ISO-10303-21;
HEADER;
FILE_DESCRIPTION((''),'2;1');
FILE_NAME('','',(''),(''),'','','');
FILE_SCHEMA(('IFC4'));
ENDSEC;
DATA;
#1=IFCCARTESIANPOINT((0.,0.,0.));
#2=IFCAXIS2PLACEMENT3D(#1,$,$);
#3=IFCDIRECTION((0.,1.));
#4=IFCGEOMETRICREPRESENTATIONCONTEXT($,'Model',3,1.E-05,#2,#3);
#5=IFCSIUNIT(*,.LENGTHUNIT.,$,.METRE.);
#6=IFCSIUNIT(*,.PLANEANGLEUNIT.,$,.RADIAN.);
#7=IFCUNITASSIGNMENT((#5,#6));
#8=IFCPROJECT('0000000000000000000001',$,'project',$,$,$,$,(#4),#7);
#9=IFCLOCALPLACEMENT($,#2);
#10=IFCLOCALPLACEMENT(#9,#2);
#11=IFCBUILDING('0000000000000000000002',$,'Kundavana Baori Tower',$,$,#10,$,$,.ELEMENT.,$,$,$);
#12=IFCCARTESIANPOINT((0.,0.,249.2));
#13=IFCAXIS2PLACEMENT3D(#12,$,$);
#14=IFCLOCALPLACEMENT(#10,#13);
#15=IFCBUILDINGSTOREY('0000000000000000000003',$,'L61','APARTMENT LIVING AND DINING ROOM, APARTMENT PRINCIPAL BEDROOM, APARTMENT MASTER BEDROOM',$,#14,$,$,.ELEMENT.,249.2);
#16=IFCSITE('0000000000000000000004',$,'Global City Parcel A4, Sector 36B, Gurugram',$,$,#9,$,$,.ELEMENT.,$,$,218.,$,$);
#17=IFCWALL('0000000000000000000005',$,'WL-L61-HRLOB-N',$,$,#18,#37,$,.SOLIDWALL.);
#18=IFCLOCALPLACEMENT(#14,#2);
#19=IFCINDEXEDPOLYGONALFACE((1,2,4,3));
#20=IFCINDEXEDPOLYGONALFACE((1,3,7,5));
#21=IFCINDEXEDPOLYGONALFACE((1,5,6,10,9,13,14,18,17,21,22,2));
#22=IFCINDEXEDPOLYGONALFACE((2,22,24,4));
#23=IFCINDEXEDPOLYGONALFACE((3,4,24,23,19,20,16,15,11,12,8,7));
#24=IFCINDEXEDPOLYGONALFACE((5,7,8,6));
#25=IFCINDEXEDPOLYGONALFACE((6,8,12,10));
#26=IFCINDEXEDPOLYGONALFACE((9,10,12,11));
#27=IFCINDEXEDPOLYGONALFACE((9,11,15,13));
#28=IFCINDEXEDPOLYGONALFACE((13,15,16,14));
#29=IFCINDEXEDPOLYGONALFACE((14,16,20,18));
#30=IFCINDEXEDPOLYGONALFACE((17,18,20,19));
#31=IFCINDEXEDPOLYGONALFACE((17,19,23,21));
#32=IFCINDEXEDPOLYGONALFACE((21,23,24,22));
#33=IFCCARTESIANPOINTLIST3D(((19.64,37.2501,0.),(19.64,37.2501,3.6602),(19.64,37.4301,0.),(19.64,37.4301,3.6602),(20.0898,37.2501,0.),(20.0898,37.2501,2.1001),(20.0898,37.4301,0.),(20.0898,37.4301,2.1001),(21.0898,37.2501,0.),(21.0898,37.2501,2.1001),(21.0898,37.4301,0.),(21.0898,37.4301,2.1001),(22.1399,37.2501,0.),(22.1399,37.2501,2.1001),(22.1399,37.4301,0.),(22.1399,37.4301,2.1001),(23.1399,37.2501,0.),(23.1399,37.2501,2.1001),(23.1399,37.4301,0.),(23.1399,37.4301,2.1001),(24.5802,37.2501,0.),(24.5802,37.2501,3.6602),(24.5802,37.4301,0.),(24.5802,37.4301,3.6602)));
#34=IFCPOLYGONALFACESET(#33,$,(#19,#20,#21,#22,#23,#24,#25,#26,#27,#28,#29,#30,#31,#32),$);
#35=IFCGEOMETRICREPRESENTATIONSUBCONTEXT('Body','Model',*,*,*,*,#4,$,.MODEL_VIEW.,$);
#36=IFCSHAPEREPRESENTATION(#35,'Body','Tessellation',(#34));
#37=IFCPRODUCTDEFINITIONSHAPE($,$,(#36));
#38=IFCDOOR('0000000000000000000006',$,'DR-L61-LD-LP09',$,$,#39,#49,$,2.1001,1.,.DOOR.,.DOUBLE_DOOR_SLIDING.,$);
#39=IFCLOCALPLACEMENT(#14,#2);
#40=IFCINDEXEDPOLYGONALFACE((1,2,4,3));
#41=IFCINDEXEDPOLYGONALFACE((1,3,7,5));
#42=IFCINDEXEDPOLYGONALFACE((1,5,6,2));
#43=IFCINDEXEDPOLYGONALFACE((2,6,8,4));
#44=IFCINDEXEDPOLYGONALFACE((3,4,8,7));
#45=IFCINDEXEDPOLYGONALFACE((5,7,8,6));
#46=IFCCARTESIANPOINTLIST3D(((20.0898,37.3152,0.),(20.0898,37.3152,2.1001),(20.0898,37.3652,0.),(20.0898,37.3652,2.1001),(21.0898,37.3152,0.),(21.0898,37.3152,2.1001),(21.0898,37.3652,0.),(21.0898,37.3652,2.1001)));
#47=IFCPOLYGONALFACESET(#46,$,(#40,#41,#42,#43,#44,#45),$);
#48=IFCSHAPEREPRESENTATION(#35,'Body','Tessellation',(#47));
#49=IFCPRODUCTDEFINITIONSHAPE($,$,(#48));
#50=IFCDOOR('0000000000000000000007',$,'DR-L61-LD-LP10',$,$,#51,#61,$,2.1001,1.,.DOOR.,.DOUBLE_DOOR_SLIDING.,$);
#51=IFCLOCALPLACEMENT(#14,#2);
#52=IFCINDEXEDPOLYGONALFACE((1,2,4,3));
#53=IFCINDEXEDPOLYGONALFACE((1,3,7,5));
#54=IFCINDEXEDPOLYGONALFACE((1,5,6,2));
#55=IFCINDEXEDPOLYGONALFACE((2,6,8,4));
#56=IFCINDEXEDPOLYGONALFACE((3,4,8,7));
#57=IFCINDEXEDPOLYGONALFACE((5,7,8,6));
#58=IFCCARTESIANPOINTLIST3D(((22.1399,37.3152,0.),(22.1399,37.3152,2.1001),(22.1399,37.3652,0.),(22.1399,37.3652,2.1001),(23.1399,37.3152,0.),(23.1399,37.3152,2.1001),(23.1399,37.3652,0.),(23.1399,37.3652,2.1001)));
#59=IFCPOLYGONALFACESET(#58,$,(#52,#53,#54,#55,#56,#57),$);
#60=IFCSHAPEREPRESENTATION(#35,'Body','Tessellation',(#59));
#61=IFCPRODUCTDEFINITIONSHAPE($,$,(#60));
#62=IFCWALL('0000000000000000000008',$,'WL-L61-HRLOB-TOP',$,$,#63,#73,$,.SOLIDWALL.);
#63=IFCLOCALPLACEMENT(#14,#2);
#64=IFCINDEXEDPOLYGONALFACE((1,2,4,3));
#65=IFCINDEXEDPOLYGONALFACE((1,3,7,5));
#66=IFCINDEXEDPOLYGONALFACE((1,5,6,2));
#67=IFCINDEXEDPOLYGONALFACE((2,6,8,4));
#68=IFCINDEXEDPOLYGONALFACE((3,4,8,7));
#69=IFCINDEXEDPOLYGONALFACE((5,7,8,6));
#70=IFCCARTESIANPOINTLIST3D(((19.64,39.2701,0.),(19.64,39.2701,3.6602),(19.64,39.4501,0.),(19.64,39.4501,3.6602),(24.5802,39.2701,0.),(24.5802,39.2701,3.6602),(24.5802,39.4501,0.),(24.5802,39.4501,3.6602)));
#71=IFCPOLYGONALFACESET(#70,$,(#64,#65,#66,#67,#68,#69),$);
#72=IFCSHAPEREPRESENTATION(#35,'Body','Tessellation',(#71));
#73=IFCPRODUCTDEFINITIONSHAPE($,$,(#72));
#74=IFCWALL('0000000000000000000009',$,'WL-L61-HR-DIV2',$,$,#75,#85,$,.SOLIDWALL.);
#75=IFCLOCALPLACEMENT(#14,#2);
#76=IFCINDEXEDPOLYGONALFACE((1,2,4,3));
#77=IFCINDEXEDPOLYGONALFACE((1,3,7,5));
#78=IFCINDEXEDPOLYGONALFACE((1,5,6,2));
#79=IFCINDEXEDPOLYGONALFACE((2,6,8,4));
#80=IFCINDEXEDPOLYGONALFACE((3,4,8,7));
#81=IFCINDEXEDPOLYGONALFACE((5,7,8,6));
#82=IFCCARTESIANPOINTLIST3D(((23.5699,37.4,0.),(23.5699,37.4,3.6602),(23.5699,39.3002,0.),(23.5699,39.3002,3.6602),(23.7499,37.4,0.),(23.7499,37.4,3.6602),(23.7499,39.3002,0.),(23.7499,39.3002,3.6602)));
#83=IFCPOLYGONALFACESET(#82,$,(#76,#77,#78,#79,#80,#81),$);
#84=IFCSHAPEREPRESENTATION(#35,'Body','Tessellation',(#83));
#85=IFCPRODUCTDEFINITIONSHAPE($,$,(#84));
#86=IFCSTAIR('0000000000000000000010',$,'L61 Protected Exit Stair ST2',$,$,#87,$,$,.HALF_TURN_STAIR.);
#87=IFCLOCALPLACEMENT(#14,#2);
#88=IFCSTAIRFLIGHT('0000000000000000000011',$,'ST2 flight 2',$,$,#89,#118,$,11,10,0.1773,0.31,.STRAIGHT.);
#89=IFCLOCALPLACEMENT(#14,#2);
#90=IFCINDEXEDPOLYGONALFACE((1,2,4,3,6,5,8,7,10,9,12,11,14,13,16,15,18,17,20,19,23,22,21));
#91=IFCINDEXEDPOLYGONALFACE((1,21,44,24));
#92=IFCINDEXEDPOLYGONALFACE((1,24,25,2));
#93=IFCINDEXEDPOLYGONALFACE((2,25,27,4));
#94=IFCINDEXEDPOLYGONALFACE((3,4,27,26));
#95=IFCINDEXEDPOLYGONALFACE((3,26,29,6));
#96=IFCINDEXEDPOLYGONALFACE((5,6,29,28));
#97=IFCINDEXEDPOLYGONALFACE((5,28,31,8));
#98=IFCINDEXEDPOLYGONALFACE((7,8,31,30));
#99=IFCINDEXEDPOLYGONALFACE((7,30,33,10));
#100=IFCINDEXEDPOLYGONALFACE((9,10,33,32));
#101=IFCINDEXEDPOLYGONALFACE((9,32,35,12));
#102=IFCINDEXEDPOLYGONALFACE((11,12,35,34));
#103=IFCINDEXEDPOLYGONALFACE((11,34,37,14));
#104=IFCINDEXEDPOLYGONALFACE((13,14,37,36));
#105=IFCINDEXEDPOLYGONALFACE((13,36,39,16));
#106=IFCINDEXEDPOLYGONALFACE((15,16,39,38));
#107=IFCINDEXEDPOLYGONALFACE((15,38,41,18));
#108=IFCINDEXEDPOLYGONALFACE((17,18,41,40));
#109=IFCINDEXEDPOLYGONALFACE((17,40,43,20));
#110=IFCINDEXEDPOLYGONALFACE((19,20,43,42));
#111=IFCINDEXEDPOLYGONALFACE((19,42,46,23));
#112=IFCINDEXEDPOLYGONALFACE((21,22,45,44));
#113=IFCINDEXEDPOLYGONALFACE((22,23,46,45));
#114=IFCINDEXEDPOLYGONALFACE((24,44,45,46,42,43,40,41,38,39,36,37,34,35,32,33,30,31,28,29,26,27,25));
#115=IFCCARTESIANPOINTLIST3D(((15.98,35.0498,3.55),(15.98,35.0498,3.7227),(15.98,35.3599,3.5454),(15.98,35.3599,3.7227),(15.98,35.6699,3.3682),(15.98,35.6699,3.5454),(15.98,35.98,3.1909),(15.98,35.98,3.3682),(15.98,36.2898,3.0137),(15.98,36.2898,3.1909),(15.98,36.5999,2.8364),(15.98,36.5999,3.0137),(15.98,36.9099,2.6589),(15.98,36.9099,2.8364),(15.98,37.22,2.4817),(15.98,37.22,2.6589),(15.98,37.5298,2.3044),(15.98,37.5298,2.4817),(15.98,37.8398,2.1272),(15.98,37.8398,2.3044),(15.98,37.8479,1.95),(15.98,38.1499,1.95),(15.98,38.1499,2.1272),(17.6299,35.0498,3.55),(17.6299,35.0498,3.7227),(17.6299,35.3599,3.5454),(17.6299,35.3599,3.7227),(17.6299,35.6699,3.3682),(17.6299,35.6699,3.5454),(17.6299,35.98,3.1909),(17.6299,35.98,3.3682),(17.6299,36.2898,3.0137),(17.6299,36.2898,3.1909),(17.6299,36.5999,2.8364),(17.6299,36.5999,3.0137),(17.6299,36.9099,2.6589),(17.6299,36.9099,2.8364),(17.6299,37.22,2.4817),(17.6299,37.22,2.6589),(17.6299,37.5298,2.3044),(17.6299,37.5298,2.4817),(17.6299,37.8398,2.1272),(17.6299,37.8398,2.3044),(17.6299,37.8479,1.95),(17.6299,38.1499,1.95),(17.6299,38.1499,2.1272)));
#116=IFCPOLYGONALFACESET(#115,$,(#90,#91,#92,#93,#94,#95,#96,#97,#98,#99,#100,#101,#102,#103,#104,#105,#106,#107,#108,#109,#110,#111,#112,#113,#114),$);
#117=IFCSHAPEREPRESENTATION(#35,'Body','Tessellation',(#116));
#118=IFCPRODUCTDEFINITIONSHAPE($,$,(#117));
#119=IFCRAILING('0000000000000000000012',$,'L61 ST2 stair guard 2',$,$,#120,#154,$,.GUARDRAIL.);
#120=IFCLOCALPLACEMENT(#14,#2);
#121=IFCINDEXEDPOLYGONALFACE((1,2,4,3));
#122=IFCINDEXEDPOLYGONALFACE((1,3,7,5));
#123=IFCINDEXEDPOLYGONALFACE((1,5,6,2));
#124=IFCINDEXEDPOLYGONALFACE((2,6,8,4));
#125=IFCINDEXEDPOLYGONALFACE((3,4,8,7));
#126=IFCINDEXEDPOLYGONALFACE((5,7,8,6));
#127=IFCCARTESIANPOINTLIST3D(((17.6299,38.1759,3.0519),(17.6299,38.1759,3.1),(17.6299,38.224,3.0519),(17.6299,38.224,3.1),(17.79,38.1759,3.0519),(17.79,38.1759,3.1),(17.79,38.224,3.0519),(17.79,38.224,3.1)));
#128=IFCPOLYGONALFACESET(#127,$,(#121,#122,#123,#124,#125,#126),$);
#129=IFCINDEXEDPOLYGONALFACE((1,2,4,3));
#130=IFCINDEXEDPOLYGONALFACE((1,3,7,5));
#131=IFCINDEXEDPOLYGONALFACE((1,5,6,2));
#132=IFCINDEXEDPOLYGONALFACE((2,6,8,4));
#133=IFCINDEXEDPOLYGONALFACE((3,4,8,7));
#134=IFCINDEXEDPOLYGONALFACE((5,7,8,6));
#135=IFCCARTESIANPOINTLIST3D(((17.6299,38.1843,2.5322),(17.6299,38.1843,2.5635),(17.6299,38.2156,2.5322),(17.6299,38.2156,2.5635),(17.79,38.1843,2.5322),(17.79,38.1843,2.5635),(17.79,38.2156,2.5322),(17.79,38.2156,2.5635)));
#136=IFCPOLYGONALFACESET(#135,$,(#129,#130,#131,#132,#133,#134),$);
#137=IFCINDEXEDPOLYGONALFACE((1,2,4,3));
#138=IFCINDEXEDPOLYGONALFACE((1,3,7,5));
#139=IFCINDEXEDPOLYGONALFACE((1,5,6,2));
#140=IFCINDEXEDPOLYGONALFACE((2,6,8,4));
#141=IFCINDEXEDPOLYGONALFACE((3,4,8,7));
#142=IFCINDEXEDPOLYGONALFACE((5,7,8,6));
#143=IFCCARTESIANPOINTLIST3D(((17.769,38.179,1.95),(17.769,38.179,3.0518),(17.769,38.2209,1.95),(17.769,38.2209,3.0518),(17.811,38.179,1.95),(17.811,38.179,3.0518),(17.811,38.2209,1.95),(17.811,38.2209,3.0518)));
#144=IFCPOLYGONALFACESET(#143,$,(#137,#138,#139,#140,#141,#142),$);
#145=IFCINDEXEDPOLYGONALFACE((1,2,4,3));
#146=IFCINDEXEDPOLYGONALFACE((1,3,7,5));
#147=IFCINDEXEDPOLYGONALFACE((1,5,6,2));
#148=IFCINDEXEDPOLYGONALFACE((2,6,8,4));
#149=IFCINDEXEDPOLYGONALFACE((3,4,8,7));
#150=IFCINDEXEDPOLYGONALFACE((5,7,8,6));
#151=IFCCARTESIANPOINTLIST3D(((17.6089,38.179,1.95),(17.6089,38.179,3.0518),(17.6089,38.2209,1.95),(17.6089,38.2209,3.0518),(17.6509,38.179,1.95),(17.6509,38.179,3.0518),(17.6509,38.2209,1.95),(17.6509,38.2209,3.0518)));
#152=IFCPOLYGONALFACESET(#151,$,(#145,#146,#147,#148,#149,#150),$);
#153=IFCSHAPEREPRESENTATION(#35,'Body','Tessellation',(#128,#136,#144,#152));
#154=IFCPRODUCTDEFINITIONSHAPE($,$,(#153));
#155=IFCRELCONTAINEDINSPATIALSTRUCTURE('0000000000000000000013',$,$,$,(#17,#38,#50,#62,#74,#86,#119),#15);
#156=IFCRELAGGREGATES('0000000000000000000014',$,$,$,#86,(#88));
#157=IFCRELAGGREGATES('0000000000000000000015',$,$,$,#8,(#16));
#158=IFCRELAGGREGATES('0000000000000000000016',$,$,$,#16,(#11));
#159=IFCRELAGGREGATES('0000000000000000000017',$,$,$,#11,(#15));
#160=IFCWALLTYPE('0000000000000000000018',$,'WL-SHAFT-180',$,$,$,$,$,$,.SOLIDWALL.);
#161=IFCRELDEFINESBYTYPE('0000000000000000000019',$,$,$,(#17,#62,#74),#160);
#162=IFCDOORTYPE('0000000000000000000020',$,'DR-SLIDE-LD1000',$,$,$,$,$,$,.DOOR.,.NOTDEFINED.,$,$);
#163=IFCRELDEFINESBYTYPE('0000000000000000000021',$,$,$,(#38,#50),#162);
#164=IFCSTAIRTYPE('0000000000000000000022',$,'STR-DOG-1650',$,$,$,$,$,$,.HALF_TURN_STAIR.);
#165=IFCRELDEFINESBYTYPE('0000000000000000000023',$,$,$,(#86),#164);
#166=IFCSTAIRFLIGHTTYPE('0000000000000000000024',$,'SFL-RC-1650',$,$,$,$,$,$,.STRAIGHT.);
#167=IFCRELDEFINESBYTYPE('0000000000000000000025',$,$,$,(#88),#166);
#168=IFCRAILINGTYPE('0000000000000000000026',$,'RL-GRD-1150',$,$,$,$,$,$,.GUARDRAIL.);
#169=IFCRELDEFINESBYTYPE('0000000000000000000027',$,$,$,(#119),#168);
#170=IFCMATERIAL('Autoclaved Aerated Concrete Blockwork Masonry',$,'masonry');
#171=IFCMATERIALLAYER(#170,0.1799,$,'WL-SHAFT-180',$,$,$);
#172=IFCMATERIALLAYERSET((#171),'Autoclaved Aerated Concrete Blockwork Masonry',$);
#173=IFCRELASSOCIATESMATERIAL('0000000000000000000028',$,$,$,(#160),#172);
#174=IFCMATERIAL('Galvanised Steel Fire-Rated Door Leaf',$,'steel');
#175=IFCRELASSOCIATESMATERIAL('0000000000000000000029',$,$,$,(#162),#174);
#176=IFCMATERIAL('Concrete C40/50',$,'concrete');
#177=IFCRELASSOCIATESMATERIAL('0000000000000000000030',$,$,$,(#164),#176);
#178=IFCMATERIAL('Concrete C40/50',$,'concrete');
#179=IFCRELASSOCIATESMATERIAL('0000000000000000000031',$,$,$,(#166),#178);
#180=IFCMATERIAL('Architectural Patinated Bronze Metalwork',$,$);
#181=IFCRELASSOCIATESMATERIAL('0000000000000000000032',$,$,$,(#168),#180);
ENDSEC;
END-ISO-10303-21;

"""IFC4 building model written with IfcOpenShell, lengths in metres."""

from ifc_helpers import new_model, si_unit, direction, frame, frame_2d, origin, origin_2d, place, context, subcontext, project, spatial, polyline, rectangle, outline, extrude, material, layer, layer_set, type_object, element, fill, aggregate, save


model = new_model("IFC4")

# Units and contexts
model_context = context("Model", 3, precision=1e-05, world=origin(), true_north=direction((0.0, 1.0)))
body_context = subcontext(model_context, "Body", "Model", "MODEL_VIEW")
ifc_project = project(units=[si_unit("LENGTHUNIT", "METRE"), si_unit("PLANEANGLEUNIT", "RADIAN")], contexts=[model_context])

# Site, building, storey
site_placement = place(None, origin())
site = spatial("IfcSite", under=ifc_project, at=site_placement, Name="Global City Parcel A4, Sector 36B, Gurugram", CompositionType="ELEMENT", RefElevation=218.0)
building_placement = place(site_placement, origin())
building = spatial("IfcBuilding", under=site, at=building_placement, Name="Kundavana Baori Tower", CompositionType="ELEMENT")
storey_placement = place(building_placement, frame((0.0, 0.0, 249.2)))
storey = spatial("IfcBuildingStorey", under=building, at=storey_placement, Name="L61", Description="APARTMENT LIVING AND DINING ROOM, APARTMENT PRINCIPAL BEDROOM, APARTMENT MASTER BEDROOM", CompositionType="ELEMENT", Elevation=249.2)

# Wall, openings, doors
ifc_material_1 = material(Name="Autoclaved Aerated Concrete Blockwork Masonry", Category="masonry")
ifc_layer_1 = layer(ifc_material_1, 0.1799, Name="WL-SHAFT-180")
ifc_layer_set_1 = layer_set([ifc_layer_1], Name="Autoclaved Aerated Concrete Blockwork Masonry")
wall_type_1 = type_object("IfcWallType", Name="WL-SHAFT-180", PredefinedType="SOLIDWALL", material=ifc_layer_set_1)
wall_1_placement = place(storey_placement, frame((19.6399, 37.3401, 0.0), z_axis=(0.0, 0.0, 1.0), x_axis=(1.0, 0.0, 0.0)))
wall_1 = element("IfcWall", 1, at=wall_1_placement, inside=storey, type_object=wall_type_1, Name="WL-L61-HRLOB-N", PredefinedType="SOLIDWALL", context=body_context, shape_type="SweptSolid", body=[
    extrude(rectangle(XDim=4.9402, YDim=0.1799, at=frame_2d((2.4702, 0.0))), origin(), (0.0, 0.0, 1.0), 3.6602),
])
opening_1_placement = place(wall_1_placement, frame((0.45, 0.0, 0.0)))
opening_1 = element("IfcOpeningElement", 2, at=opening_1_placement, cuts=wall_1, PredefinedType="OPENING", context=body_context, shape_type="SweptSolid", body=[
    extrude(rectangle(XDim=1.0, YDim=2.1001, at=frame_2d((0.5, 1.05))), frame((0.0, 0.1001, 0.0), z_axis=(0.0, -1.0, 0.0), x_axis=(1.0, 0.0, 0.0)), (0.0, 0.0, 1.0), 0.2),
])
opening_2_placement = place(wall_1_placement, frame((2.5, 0.0, 0.0)))
opening_2 = element("IfcOpeningElement", 3, at=opening_2_placement, cuts=wall_1, PredefinedType="OPENING", context=body_context, shape_type="SweptSolid", body=[
    extrude(rectangle(XDim=1.0, YDim=2.1001, at=frame_2d((0.5, 1.05))), frame((0.0, 0.1001, 0.0), z_axis=(0.0, -1.0, 0.0), x_axis=(1.0, 0.0, 0.0)), (0.0, 0.0, 1.0), 0.2),
])
ifc_material_2 = material(Name="Galvanised Steel Fire-Rated Door Leaf", Category="steel")
door_type_1 = type_object("IfcDoorType", Name="DR-SLIDE-LD1000", OperationType="NOTDEFINED", PredefinedType="DOOR", material=ifc_material_2)
door_1_placement = place(opening_1_placement, frame((1.0, 0.0, 0.0), z_axis=(0.0, 0.0, 1.0), x_axis=(-1.0, 0.0, 0.0)))
door_1 = element("IfcDoor", 4, at=door_1_placement, inside=storey, type_object=door_type_1, Name="DR-L61-LD-LP09", OperationType="DOUBLE_DOOR_SLIDING", OverallHeight=2.1001, OverallWidth=1.0, PredefinedType="DOOR", context=body_context, shape_type="SweptSolid", body=[
    extrude(rectangle(XDim=1.0, YDim=2.1001, at=frame_2d((0.5, 1.05))), frame((0.0, 0.0249, 0.0), z_axis=(0.0, -1.0, 0.0), x_axis=(1.0, 0.0, 0.0)), (0.0, 0.0, 1.0), 0.05),
])
fill(opening_1, door_1)
door_2_placement = place(opening_2_placement, frame((1.0, 0.0, 0.0), z_axis=(0.0, 0.0, 1.0), x_axis=(-1.0, 0.0, 0.0)))
door_2 = element("IfcDoor", 5, at=door_2_placement, inside=storey, type_object=door_type_1, Name="DR-L61-LD-LP10", OperationType="DOUBLE_DOOR_SLIDING", OverallHeight=2.1001, OverallWidth=1.0, PredefinedType="DOOR", context=body_context, shape_type="SweptSolid", body=[
    extrude(rectangle(XDim=1.0, YDim=2.1001, at=frame_2d((0.5, 1.05))), frame((0.0, 0.0249, 0.0), z_axis=(0.0, -1.0, 0.0), x_axis=(1.0, 0.0, 0.0)), (0.0, 0.0, 1.0), 0.05),
])
fill(opening_2, door_2)

# Walls
wall_2_placement = place(storey_placement, frame((19.6399, 39.3601, 0.0), z_axis=(0.0, 0.0, 1.0), x_axis=(1.0, 0.0, 0.0)))
element("IfcWall", 6, at=wall_2_placement, inside=storey, type_object=wall_type_1, Name="WL-L61-HRLOB-TOP", PredefinedType="SOLIDWALL", context=body_context, shape_type="SweptSolid", body=[
    extrude(rectangle(XDim=4.9402, YDim=0.1799, at=frame_2d((2.4702, 0.0))), origin(), (0.0, 0.0, 1.0), 3.6602),
])
wall_3_placement = place(storey_placement, frame((23.6599, 37.3999, 0.0), z_axis=(0.0, 0.0, 1.0), x_axis=(0.0, 1.0, 0.0)))
element("IfcWall", 7, at=wall_3_placement, inside=storey, type_object=wall_type_1, Name="WL-L61-HR-DIV2", PredefinedType="SOLIDWALL", context=body_context, shape_type="SweptSolid", body=[
    extrude(rectangle(XDim=1.9001, YDim=0.1799, at=frame_2d((0.9502, 0.0))), origin(), (0.0, 0.0, 1.0), 3.6602),
])

# Stair, stair flight
ifc_material_3 = material(Name="Concrete C40/50", Category="concrete")
stair_type = type_object("IfcStairType", Name="STR-DOG-1650", PredefinedType="HALF_TURN_STAIR", material=ifc_material_3)
stair_placement = place(storey_placement, origin())
stair = element("IfcStair", 8, at=stair_placement, inside=storey, type_object=stair_type, Name="L61 Protected Exit Stair ST2", PredefinedType="HALF_TURN_STAIR")
ifc_material_4 = material(Name="Concrete C40/50", Category="concrete")
stair_flight_type = type_object("IfcStairFlightType", Name="SFL-RC-1650", PredefinedType="STRAIGHT", material=ifc_material_4)
stair_flight_placement = place(storey_placement, frame((16.8049, 38.1499, 1.95), z_axis=(0.0, 0.0, 1.0), x_axis=(0.0, -1.0, 0.0)))
stair_flight = element("IfcStairFlight", 9, at=stair_flight_placement, type_object=stair_flight_type, Name="ST2 flight 2", NumberOfRisers=11, NumberOfTreads=10, PredefinedType="STRAIGHT", RiserHeight=0.1773, TreadLength=0.31, context=body_context, shape_type="SweptSolid", body=[
    extrude(outline(polyline([(0.0, 0.0), (0.0, 0.1772), (0.3101, 0.1772), (0.3101, 0.3545), (0.6201, 0.3545), (0.6201, 0.5317), (0.9299, 0.5317), (0.9299, 0.709), (1.24, 0.709), (1.24, 0.8865), (1.55, 0.8865), (1.55, 1.0637), (1.8601, 1.0637), (1.8601, 1.241), (2.1699, 1.241), (2.1699, 1.4182), (2.48, 1.4182), (2.48, 1.5955), (2.79, 1.5955), (2.79, 1.7727), (3.1001, 1.7727), (3.1001, 1.95), (3.1001, 1.6001), (0.302, 0.0), (0.0, 0.0)])), frame((0.0, 0.825, 0.0), z_axis=(0.0, -1.0, 0.0), x_axis=(1.0, 0.0, 0.0)), (0.0, 0.0, 1.0), 1.6499),
])
aggregate(stair, [stair_flight])

# Railing
ifc_material_5 = material(Name="Architectural Patinated Bronze Metalwork")
railing_type_1 = type_object("IfcRailingType", Name="RL-GRD-1150", PredefinedType="GUARDRAIL", material=ifc_material_5)
railing_1_placement = place(storey_placement, frame((17.79, 38.2, 1.95)))
element("IfcRailing", 10, at=railing_1_placement, inside=storey, type_object=railing_type_1, Name="L61 ST2 stair guard 2", PredefinedType="GUARDRAIL", context=body_context, shape_type="SweptSolid", body=[
    extrude(rectangle(XDim=0.0481, YDim=0.0481, at=origin_2d()), frame((0.0, 0.0, 1.126), z_axis=(-1.0, 0.0, 0.0), x_axis=(0.0, -1.0, 0.0)), (0.0, 0.0, 1.0), 0.1602),
    extrude(rectangle(XDim=0.0312, YDim=0.0312, at=origin_2d()), frame((0.0, 0.0, 0.5979), z_axis=(-1.0, 0.0, 0.0), x_axis=(0.0, -1.0, 0.0)), (0.0, 0.0, 1.0), 0.1602),
    extrude(rectangle(XDim=0.042, YDim=0.042, at=origin_2d()), origin(), (0.0, 0.0, 1.0), 1.1018),
    extrude(rectangle(XDim=0.042, YDim=0.042, at=origin_2d()), frame((-0.1602, 0.0, 0.0)), (0.0, 0.0, 1.0), 1.1018),
])

save(model, "model.ifc")
